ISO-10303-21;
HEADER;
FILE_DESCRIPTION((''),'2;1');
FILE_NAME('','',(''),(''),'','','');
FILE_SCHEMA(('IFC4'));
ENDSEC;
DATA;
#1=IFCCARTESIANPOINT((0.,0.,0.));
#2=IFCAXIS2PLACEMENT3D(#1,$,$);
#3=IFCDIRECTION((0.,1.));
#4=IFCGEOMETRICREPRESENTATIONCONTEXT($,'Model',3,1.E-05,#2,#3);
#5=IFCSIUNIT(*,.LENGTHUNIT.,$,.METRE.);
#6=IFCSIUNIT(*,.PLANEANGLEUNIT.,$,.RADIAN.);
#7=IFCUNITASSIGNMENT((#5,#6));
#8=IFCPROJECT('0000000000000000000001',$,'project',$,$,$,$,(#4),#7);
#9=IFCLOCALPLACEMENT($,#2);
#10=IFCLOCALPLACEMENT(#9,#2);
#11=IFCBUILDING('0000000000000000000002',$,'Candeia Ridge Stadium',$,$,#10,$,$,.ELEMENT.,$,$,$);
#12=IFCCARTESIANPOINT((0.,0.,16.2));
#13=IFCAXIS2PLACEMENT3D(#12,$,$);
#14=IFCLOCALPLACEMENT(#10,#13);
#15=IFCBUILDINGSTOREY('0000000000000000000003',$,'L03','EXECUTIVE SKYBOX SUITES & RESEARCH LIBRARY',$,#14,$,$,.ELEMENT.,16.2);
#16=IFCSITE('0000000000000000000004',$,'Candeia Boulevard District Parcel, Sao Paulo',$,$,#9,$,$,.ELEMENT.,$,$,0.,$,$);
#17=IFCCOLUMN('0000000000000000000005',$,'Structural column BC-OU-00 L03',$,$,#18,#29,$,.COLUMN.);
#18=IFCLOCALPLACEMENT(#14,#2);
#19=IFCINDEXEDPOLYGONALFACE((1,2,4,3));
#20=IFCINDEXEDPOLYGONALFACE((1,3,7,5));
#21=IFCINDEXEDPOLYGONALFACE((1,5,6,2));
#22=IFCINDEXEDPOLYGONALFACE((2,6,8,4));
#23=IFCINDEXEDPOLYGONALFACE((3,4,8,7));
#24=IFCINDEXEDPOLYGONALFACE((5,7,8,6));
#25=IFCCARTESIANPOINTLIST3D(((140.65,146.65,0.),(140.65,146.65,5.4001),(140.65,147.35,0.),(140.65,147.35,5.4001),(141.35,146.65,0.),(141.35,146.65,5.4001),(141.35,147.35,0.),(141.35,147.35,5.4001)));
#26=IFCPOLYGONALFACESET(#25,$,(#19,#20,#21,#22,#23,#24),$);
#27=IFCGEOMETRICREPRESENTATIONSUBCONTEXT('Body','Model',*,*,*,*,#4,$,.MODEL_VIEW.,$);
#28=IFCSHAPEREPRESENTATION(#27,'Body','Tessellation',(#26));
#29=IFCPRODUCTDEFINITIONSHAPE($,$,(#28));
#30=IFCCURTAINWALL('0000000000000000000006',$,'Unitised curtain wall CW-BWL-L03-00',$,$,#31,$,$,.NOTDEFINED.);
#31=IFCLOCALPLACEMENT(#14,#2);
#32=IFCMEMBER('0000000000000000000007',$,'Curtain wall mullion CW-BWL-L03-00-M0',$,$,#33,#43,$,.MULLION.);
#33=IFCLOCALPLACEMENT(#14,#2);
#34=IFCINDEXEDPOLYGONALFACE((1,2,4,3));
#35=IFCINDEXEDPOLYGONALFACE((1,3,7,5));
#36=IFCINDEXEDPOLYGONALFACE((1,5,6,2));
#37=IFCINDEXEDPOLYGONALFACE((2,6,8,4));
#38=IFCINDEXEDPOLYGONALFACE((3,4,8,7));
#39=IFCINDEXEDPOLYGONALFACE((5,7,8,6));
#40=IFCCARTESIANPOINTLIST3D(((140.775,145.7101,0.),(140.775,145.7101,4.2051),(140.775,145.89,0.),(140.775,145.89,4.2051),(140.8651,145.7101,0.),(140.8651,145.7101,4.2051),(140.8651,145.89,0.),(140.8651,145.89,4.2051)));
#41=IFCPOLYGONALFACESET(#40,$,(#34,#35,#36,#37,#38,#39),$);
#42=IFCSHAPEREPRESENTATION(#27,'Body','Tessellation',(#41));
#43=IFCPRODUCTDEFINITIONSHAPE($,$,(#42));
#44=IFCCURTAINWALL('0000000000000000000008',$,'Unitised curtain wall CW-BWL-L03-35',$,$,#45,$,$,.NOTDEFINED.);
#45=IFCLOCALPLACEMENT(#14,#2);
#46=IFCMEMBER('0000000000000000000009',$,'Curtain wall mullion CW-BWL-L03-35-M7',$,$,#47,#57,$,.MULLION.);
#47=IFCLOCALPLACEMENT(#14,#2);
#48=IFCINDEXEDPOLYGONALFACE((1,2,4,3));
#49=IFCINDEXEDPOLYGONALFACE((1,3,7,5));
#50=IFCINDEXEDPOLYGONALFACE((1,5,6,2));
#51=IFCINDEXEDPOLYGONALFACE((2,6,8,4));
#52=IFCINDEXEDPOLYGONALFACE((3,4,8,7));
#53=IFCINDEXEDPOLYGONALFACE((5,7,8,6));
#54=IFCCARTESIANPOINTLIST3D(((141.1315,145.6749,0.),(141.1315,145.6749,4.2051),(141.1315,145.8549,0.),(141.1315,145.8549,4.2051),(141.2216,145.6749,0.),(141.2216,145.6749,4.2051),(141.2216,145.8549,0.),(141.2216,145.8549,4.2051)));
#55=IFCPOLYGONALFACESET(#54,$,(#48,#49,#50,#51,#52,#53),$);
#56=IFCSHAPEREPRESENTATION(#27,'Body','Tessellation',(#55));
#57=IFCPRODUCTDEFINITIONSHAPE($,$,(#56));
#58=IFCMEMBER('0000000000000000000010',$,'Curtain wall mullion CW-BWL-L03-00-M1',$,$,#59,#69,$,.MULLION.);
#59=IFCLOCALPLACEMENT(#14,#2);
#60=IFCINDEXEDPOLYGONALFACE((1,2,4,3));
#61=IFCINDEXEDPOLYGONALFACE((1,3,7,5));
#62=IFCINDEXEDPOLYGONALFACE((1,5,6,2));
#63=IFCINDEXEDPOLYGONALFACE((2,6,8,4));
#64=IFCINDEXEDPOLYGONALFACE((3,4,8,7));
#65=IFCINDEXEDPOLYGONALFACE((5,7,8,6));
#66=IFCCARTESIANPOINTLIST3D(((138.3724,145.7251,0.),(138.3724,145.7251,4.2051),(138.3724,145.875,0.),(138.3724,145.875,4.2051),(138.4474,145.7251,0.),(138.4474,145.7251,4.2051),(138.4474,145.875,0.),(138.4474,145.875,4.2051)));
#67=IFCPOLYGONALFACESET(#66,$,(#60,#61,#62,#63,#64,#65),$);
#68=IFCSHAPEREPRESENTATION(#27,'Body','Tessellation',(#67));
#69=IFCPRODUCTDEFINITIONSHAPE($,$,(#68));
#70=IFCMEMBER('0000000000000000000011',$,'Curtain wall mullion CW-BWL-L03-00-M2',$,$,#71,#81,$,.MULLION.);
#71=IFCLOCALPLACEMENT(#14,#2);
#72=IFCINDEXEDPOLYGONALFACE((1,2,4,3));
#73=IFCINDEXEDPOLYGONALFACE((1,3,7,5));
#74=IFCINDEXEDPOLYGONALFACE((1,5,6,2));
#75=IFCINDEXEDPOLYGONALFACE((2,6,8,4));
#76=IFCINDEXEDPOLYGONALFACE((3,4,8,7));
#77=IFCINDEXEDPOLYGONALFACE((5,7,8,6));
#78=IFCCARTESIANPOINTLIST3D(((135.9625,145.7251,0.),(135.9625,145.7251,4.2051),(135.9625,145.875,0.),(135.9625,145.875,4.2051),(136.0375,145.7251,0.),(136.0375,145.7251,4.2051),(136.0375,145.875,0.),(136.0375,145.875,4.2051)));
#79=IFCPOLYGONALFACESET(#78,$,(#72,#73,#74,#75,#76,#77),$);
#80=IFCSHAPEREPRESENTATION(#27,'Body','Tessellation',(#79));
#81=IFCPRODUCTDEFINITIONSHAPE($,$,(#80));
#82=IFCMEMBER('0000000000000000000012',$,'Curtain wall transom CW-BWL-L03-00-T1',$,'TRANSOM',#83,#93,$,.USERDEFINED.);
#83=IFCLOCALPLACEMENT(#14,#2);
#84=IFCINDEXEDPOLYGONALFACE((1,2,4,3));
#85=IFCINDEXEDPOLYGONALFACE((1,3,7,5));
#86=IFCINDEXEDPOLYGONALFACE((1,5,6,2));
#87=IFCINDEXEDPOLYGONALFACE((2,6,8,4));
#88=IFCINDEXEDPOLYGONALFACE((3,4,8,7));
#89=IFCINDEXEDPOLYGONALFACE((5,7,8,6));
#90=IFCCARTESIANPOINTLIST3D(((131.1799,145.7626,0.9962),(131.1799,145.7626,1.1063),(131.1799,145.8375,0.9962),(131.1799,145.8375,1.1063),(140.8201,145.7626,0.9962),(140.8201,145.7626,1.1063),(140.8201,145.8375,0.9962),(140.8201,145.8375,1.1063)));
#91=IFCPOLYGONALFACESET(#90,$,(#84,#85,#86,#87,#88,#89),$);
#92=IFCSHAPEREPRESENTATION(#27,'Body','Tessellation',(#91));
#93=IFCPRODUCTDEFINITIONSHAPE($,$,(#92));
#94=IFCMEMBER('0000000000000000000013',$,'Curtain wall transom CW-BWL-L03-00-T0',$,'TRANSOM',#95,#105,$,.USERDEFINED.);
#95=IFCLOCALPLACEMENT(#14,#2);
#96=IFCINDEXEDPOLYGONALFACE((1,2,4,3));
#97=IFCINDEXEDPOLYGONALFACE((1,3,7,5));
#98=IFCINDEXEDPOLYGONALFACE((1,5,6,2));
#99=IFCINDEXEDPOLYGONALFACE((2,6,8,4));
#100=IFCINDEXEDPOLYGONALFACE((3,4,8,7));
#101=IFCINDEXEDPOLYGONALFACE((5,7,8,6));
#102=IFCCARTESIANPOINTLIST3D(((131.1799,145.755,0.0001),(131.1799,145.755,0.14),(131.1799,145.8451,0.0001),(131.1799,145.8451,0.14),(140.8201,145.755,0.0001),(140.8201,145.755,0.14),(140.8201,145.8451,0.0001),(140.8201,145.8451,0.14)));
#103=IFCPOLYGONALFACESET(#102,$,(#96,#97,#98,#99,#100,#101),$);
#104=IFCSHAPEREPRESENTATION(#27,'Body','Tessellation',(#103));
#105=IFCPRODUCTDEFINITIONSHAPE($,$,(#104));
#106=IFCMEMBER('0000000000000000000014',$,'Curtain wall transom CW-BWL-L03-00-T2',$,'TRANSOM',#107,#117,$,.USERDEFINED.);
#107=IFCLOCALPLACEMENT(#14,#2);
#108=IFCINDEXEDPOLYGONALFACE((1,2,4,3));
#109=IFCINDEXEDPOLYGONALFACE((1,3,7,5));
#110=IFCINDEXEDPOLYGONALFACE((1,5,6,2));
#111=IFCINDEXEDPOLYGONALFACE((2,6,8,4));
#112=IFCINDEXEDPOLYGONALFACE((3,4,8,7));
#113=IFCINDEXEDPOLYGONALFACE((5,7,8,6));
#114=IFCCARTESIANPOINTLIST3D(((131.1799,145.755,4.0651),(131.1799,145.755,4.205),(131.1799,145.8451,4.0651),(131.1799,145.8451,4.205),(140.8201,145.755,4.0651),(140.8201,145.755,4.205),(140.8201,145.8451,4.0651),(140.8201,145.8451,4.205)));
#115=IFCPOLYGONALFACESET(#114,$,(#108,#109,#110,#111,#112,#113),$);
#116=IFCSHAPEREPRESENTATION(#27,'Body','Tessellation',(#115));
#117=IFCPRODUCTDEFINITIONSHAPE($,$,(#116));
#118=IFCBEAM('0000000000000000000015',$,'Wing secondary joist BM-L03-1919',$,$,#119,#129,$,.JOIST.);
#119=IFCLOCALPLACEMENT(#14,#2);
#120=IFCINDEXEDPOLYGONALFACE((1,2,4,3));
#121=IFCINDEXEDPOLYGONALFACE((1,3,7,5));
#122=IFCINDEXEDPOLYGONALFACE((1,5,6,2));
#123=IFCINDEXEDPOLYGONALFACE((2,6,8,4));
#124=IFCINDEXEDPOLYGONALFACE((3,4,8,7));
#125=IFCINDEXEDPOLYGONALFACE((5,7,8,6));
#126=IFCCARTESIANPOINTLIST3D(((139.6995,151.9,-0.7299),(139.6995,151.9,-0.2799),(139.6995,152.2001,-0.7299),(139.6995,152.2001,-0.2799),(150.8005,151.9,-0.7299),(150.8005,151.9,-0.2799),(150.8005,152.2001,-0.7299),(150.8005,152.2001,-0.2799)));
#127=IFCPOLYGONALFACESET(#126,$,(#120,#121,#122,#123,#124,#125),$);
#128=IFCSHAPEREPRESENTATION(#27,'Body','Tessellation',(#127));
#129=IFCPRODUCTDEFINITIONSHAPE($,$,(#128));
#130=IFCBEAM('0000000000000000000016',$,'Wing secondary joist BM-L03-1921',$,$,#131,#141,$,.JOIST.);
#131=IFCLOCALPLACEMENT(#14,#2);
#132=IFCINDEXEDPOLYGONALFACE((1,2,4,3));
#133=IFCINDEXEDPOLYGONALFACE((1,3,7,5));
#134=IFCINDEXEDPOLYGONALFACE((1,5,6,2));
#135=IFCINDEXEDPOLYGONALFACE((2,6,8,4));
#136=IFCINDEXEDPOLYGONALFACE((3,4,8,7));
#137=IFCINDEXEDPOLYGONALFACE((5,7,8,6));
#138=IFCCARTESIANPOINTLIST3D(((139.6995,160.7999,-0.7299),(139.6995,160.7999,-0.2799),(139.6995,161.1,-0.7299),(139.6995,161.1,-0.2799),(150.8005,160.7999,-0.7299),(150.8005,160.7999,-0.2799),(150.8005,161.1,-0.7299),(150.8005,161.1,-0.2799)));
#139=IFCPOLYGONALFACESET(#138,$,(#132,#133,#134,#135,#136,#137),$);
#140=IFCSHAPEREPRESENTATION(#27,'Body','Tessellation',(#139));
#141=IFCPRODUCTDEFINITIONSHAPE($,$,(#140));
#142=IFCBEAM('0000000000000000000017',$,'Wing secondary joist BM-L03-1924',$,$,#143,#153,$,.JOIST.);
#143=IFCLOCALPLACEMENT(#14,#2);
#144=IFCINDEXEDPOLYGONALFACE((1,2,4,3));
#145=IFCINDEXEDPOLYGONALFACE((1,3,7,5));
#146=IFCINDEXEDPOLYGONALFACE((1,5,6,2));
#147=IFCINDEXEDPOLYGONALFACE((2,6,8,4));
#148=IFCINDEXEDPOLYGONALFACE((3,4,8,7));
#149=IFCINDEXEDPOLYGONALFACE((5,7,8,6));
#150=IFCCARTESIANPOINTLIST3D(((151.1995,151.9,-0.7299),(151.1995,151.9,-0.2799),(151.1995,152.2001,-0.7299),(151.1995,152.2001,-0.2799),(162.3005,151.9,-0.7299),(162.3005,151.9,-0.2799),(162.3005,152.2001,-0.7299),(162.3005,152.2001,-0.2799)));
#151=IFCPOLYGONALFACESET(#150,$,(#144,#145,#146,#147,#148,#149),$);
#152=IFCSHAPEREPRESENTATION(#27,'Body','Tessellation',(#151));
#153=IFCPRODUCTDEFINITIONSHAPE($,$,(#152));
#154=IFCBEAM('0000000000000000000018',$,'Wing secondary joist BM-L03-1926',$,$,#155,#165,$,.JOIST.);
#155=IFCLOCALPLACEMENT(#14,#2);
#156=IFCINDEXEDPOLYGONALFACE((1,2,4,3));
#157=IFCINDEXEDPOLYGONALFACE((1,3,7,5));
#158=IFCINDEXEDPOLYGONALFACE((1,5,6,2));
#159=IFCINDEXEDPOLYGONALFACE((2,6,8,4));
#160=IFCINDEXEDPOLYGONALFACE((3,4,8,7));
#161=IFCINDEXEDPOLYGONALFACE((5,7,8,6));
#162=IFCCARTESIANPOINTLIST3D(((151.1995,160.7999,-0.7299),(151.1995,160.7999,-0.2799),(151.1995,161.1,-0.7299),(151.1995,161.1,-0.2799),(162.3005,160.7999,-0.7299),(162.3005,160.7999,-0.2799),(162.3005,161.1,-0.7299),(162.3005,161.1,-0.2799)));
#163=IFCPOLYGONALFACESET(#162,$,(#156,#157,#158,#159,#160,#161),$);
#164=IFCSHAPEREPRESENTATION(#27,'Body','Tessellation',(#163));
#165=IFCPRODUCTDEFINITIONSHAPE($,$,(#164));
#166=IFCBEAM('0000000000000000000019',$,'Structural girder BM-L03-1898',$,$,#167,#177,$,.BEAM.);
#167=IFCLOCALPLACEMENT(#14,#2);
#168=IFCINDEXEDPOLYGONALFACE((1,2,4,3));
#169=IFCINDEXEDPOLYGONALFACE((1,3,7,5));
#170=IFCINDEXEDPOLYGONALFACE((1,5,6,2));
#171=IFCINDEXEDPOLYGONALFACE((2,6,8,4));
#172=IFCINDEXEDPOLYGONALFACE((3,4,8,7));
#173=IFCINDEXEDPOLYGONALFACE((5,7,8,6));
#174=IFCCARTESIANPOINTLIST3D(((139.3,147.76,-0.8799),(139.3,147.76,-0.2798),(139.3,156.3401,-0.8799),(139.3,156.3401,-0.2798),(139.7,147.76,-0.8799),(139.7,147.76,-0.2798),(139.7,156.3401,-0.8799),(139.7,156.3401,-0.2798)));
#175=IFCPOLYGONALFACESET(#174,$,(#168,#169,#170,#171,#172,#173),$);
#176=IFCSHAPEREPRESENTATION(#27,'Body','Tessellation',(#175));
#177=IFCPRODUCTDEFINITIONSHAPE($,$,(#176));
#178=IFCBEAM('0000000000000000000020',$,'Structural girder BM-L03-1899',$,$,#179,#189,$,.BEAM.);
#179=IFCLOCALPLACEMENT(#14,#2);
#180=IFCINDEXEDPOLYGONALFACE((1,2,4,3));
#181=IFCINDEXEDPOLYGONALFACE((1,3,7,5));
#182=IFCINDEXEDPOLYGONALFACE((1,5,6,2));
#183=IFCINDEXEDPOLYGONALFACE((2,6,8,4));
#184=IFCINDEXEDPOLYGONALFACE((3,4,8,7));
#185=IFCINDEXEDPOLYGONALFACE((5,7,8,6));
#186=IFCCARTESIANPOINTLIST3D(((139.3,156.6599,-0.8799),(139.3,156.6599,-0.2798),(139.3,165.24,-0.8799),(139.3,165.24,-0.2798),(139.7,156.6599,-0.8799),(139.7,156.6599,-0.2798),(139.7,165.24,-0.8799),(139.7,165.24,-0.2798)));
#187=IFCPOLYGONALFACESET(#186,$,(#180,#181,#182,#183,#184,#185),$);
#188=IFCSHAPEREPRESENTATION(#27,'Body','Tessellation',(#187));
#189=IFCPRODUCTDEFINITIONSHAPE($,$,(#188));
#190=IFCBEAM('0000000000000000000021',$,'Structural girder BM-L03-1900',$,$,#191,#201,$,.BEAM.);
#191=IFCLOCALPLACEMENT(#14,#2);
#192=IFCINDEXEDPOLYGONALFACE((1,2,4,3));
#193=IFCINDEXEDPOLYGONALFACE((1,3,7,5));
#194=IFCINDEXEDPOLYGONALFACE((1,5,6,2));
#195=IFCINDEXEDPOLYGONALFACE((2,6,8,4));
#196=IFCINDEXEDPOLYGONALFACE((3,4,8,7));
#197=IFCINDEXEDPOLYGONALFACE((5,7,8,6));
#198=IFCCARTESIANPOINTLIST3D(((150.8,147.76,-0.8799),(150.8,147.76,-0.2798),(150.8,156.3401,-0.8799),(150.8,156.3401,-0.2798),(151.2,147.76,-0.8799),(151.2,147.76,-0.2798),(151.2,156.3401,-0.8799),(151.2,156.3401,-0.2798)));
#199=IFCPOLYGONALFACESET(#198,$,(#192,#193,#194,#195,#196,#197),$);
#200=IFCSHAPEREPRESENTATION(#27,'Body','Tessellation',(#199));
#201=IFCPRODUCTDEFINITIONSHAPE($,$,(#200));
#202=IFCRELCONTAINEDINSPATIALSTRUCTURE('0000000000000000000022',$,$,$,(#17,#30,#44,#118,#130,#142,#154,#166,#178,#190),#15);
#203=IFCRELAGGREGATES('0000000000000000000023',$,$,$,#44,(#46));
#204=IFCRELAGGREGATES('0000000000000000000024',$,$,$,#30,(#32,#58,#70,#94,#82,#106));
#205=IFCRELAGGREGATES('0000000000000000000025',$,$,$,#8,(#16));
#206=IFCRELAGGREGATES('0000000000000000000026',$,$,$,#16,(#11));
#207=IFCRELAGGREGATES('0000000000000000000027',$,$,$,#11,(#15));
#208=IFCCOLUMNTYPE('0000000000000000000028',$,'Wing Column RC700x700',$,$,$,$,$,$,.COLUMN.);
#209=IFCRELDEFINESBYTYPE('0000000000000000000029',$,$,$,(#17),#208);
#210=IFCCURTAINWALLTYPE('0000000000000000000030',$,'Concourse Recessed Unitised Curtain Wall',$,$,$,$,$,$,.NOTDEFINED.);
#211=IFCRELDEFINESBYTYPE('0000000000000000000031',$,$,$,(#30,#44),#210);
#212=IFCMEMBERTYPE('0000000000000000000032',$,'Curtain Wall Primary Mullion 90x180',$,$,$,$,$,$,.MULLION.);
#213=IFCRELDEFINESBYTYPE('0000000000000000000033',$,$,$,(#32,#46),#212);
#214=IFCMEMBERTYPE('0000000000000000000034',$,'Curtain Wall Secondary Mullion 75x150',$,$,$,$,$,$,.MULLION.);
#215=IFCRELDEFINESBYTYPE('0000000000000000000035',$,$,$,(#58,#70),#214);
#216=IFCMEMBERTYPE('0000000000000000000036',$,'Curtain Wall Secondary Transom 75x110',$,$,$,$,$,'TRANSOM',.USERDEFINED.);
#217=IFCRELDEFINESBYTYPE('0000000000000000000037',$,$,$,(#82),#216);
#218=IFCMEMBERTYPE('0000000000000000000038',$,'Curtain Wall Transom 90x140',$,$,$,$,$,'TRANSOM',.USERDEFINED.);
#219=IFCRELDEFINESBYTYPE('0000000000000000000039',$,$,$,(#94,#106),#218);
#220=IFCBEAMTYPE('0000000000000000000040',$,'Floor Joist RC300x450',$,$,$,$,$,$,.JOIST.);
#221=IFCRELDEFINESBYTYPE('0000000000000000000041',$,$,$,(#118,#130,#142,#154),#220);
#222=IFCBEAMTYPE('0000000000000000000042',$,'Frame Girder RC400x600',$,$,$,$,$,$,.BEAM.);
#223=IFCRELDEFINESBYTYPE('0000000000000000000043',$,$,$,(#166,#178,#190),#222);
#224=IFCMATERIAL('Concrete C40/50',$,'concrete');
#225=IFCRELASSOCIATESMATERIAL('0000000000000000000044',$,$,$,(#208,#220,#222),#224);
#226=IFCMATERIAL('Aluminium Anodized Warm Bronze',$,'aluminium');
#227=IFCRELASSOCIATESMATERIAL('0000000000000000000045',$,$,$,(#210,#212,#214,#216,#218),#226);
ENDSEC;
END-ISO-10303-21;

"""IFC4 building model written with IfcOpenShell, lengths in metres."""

from ifc_helpers import new_model, si_unit, direction, frame, origin, origin_2d, place, context, subcontext, project, spatial, rectangle, extrude, material, material_profile, profile_set, type_object, element, aggregate, save


model = new_model("IFC4")

# Units and contexts
model_context = context("Model", 3, precision=1e-05, world=origin(), true_north=direction((0.0, 1.0)))
body_context = subcontext(model_context, "Body", "Model", "MODEL_VIEW")
ifc_project = project(units=[si_unit("LENGTHUNIT", "METRE"), si_unit("PLANEANGLEUNIT", "RADIAN")], contexts=[model_context])

# Site, building, storey
site_placement = place(None, origin())
site = spatial("IfcSite", under=ifc_project, at=site_placement, Name="Candeia Boulevard District Parcel, Sao Paulo", CompositionType="ELEMENT", RefElevation=0.0)
building_placement = place(site_placement, origin())
building = spatial("IfcBuilding", under=site, at=building_placement, Name="Candeia Ridge Stadium", CompositionType="ELEMENT")
storey_placement = place(building_placement, frame((0.0, 0.0, 16.2)))
storey = spatial("IfcBuildingStorey", under=building, at=storey_placement, Name="L03", Description="EXECUTIVE SKYBOX SUITES & RESEARCH LIBRARY", CompositionType="ELEMENT", Elevation=16.2)

# Column
ifc_material_1 = material(Name="Concrete C40/50", Category="concrete")
ifc_material_profile_1 = material_profile(ifc_material_1, rectangle(XDim=0.7, YDim=0.7, at=origin_2d()), Name="RC700x700", Category="concrete")
ifc_profile_set_1 = profile_set([ifc_material_profile_1], Name="Concrete C40/50")
column_type = type_object("IfcColumnType", Name="Wing Column RC700x700", PredefinedType="COLUMN", material=ifc_profile_set_1)
column_placement = place(storey_placement, frame((141.0, 147.0, 0.0), z_axis=(0.0, 0.0, 1.0), x_axis=(1.0, 0.0, 0.0)))
element("IfcColumn", 1, at=column_placement, inside=storey, type_object=column_type, Name="Structural column BC-OU-00 L03", PredefinedType="COLUMN", context=body_context, shape_type="SweptSolid", body=[
    extrude(rectangle(XDim=0.7, YDim=0.7, at=origin_2d()), origin(), (0.0, 0.0, 1.0), 5.4001),
])

# Curtain walls, members
ifc_material_2 = material(Name="Aluminium Anodized Warm Bronze", Category="aluminium")
curtain_wall_type = type_object("IfcCurtainWallType", Name="Concourse Recessed Unitised Curtain Wall", PredefinedType="NOTDEFINED", material=ifc_material_2)
curtain_wall_1_placement = place(storey_placement, origin())
curtain_wall_1 = element("IfcCurtainWall", 2, at=curtain_wall_1_placement, inside=storey, type_object=curtain_wall_type, Name="Unitised curtain wall CW-BWL-L03-00", PredefinedType="NOTDEFINED")
ifc_material_profile_2 = material_profile(ifc_material_2, rectangle(XDim=0.0901, YDim=0.1799, at=origin_2d()), Name="CWM-90x180", Category="aluminium")
ifc_profile_set_2 = profile_set([ifc_material_profile_2], Name="Aluminium Anodized Warm Bronze")
member_type_1 = type_object("IfcMemberType", Name="Curtain Wall Primary Mullion 90x180", PredefinedType="MULLION", material=ifc_profile_set_2)
member_1_placement = place(storey_placement, frame((140.8201, 145.8, 0.0), z_axis=(0.0, 0.0, 1.0), x_axis=(1.0, 0.0, 0.0)))
member_1 = element("IfcMember", 3, at=member_1_placement, type_object=member_type_1, Name="Curtain wall mullion CW-BWL-L03-00-M0", PredefinedType="MULLION", context=body_context, shape_type="SweptSolid", body=[
    extrude(rectangle(XDim=0.0901, YDim=0.1799, at=origin_2d()), origin(), (0.0, 0.0, 1.0), 4.2051),
])
curtain_wall_2_placement = place(storey_placement, origin())
curtain_wall_2 = element("IfcCurtainWall", 4, at=curtain_wall_2_placement, inside=storey, type_object=curtain_wall_type, Name="Unitised curtain wall CW-BWL-L03-35", PredefinedType="NOTDEFINED")
member_2_placement = place(storey_placement, frame((141.1765, 145.7649, 0.0), z_axis=(0.0, 0.0, 1.0), x_axis=(1.0, 0.0, 0.0)))
member_2 = element("IfcMember", 5, at=member_2_placement, type_object=member_type_1, Name="Curtain wall mullion CW-BWL-L03-35-M7", PredefinedType="MULLION", context=body_context, shape_type="SweptSolid", body=[
    extrude(rectangle(XDim=0.0901, YDim=0.1799, at=origin_2d()), origin(), (0.0, 0.0, 1.0), 4.2051),
])

# Members
ifc_material_profile_3 = material_profile(ifc_material_2, rectangle(XDim=0.075, YDim=0.1499, at=origin_2d()), Name="CWM-75x150", Category="aluminium")
ifc_profile_set_3 = profile_set([ifc_material_profile_3], Name="Aluminium Anodized Warm Bronze")
member_type_2 = type_object("IfcMemberType", Name="Curtain Wall Secondary Mullion 75x150", PredefinedType="MULLION", material=ifc_profile_set_3)
member_3_placement = place(storey_placement, frame((138.4099, 145.8, 0.0), z_axis=(0.0, 0.0, 1.0), x_axis=(1.0, 0.0, 0.0)))
member_3 = element("IfcMember", 6, at=member_3_placement, type_object=member_type_2, Name="Curtain wall mullion CW-BWL-L03-00-M1", PredefinedType="MULLION", context=body_context, shape_type="SweptSolid", body=[
    extrude(rectangle(XDim=0.075, YDim=0.1499, at=origin_2d()), origin(), (0.0, 0.0, 1.0), 4.2051),
])
member_4_placement = place(storey_placement, frame((136.0, 145.8, 0.0), z_axis=(0.0, 0.0, 1.0), x_axis=(1.0, 0.0, 0.0)))
member_4 = element("IfcMember", 7, at=member_4_placement, type_object=member_type_2, Name="Curtain wall mullion CW-BWL-L03-00-M2", PredefinedType="MULLION", context=body_context, shape_type="SweptSolid", body=[
    extrude(rectangle(XDim=0.075, YDim=0.1499, at=origin_2d()), origin(), (0.0, 0.0, 1.0), 4.2051),
])
ifc_material_profile_4 = material_profile(ifc_material_2, rectangle(XDim=0.075, YDim=0.1101, at=origin_2d()), Name="CWT-75x110", Category="aluminium")
ifc_profile_set_4 = profile_set([ifc_material_profile_4], Name="Aluminium Anodized Warm Bronze")
member_type_3 = type_object("IfcMemberType", Name="Curtain Wall Secondary Transom 75x110", ElementType="TRANSOM", PredefinedType="USERDEFINED", material=ifc_profile_set_4)
member_5_placement = place(storey_placement, frame((140.8201, 145.8, 1.0513), z_axis=(-1.0, 0.0, 0.0), x_axis=(0.0, -1.0, 0.0)))
member_5 = element("IfcMember", 8, at=member_5_placement, type_object=member_type_3, Name="Curtain wall transom CW-BWL-L03-00-T1", ObjectType="TRANSOM", PredefinedType="USERDEFINED", context=body_context, shape_type="SweptSolid", body=[
    extrude(rectangle(XDim=0.075, YDim=0.1101, at=origin_2d()), origin(), (0.0, 0.0, 1.0), 9.6401),
])
ifc_material_profile_5 = material_profile(ifc_material_2, rectangle(XDim=0.0901, YDim=0.1399, at=origin_2d()), Name="CWT-90x140", Category="aluminium")
ifc_profile_set_5 = profile_set([ifc_material_profile_5], Name="Aluminium Anodized Warm Bronze")
member_type_4 = type_object("IfcMemberType", Name="Curtain Wall Transom 90x140", ElementType="TRANSOM", PredefinedType="USERDEFINED", material=ifc_profile_set_5)
member_6_placement = place(storey_placement, frame((140.8201, 145.8, 0.0701), z_axis=(-1.0, 0.0, 0.0), x_axis=(0.0, -1.0, 0.0)))
member_6 = element("IfcMember", 9, at=member_6_placement, type_object=member_type_4, Name="Curtain wall transom CW-BWL-L03-00-T0", ObjectType="TRANSOM", PredefinedType="USERDEFINED", context=body_context, shape_type="SweptSolid", body=[
    extrude(rectangle(XDim=0.0901, YDim=0.1399, at=origin_2d()), origin(), (0.0, 0.0, 1.0), 9.6401),
])
member_7_placement = place(storey_placement, frame((140.8201, 145.8, 4.135), z_axis=(-1.0, 0.0, 0.0), x_axis=(0.0, -1.0, 0.0)))
member_7 = element("IfcMember", 10, at=member_7_placement, type_object=member_type_4, Name="Curtain wall transom CW-BWL-L03-00-T2", ObjectType="TRANSOM", PredefinedType="USERDEFINED", context=body_context, shape_type="SweptSolid", body=[
    extrude(rectangle(XDim=0.0901, YDim=0.1399, at=origin_2d()), origin(), (0.0, 0.0, 1.0), 9.6401),
])

# Beams
ifc_material_profile_6 = material_profile(ifc_material_1, rectangle(XDim=0.3, YDim=0.45, at=origin_2d()), Name="RC300x450", Category="concrete")
ifc_profile_set_6 = profile_set([ifc_material_profile_6], Name="Concrete C40/50")
beam_type_1 = type_object("IfcBeamType", Name="Floor Joist RC300x450", PredefinedType="JOIST", material=ifc_profile_set_6)
for number, where, z_axis, x_axis, name in (
    (11, (139.6995, 152.05, -0.5049), (1.0, 0.0, 0.0), (0.0, 1.0, 0.0), "Wing secondary joist BM-L03-1919"),
    (12, (139.6995, 160.95, -0.5049), (1.0, 0.0, 0.0), (0.0, 1.0, 0.0), "Wing secondary joist BM-L03-1921"),
    (13, (151.1995, 152.05, -0.5049), (1.0, 0.0, 0.0), (0.0, 1.0, 0.0), "Wing secondary joist BM-L03-1924"),
    (14, (151.1995, 160.95, -0.5049), (1.0, 0.0, 0.0), (0.0, 1.0, 0.0), "Wing secondary joist BM-L03-1926"),
):
    element("IfcBeam", number, at=place(storey_placement, frame(where, z_axis=z_axis, x_axis=x_axis)), inside=storey, type_object=beam_type_1, Name=name, PredefinedType="JOIST", context=body_context, shape_type="SweptSolid", body=[
        extrude(rectangle(XDim=0.3, YDim=0.45, at=origin_2d()), origin(), (0.0, 0.0, 1.0), 11.1011),
    ])
ifc_material_profile_7 = material_profile(ifc_material_1, rectangle(XDim=0.3999, YDim=0.6001, at=origin_2d()), Name="RC400x600", Category="concrete")
ifc_profile_set_7 = profile_set([ifc_material_profile_7], Name="Concrete C40/50")
beam_type_2 = type_object("IfcBeamType", Name="Frame Girder RC400x600", PredefinedType="BEAM", material=ifc_profile_set_7)
for number, where, z_axis, x_axis, name in (
    (15, (139.5, 147.76, -0.5798), (0.0, 1.0, 0.0), (-1.0, 0.0, 0.0), "Structural girder BM-L03-1898"),
    (16, (139.5, 156.6599, -0.5798), (0.0, 1.0, 0.0), (-1.0, 0.0, 0.0), "Structural girder BM-L03-1899"),
    (17, (151.0, 147.76, -0.5798), (0.0, 1.0, 0.0), (-1.0, 0.0, 0.0), "Structural girder BM-L03-1900"),
):
    element("IfcBeam", number, at=place(storey_placement, frame(where, z_axis=z_axis, x_axis=x_axis)), inside=storey, type_object=beam_type_2, Name=name, PredefinedType="BEAM", context=body_context, shape_type="SweptSolid", body=[
        extrude(rectangle(XDim=0.3999, YDim=0.6001, at=origin_2d()), origin(), (0.0, 0.0, 1.0), 8.5801),
    ])

aggregate(curtain_wall_2, [member_2])
aggregate(curtain_wall_1, [member_1, member_3, member_4, member_6, member_5, member_7])

save(model, "model.ifc")
